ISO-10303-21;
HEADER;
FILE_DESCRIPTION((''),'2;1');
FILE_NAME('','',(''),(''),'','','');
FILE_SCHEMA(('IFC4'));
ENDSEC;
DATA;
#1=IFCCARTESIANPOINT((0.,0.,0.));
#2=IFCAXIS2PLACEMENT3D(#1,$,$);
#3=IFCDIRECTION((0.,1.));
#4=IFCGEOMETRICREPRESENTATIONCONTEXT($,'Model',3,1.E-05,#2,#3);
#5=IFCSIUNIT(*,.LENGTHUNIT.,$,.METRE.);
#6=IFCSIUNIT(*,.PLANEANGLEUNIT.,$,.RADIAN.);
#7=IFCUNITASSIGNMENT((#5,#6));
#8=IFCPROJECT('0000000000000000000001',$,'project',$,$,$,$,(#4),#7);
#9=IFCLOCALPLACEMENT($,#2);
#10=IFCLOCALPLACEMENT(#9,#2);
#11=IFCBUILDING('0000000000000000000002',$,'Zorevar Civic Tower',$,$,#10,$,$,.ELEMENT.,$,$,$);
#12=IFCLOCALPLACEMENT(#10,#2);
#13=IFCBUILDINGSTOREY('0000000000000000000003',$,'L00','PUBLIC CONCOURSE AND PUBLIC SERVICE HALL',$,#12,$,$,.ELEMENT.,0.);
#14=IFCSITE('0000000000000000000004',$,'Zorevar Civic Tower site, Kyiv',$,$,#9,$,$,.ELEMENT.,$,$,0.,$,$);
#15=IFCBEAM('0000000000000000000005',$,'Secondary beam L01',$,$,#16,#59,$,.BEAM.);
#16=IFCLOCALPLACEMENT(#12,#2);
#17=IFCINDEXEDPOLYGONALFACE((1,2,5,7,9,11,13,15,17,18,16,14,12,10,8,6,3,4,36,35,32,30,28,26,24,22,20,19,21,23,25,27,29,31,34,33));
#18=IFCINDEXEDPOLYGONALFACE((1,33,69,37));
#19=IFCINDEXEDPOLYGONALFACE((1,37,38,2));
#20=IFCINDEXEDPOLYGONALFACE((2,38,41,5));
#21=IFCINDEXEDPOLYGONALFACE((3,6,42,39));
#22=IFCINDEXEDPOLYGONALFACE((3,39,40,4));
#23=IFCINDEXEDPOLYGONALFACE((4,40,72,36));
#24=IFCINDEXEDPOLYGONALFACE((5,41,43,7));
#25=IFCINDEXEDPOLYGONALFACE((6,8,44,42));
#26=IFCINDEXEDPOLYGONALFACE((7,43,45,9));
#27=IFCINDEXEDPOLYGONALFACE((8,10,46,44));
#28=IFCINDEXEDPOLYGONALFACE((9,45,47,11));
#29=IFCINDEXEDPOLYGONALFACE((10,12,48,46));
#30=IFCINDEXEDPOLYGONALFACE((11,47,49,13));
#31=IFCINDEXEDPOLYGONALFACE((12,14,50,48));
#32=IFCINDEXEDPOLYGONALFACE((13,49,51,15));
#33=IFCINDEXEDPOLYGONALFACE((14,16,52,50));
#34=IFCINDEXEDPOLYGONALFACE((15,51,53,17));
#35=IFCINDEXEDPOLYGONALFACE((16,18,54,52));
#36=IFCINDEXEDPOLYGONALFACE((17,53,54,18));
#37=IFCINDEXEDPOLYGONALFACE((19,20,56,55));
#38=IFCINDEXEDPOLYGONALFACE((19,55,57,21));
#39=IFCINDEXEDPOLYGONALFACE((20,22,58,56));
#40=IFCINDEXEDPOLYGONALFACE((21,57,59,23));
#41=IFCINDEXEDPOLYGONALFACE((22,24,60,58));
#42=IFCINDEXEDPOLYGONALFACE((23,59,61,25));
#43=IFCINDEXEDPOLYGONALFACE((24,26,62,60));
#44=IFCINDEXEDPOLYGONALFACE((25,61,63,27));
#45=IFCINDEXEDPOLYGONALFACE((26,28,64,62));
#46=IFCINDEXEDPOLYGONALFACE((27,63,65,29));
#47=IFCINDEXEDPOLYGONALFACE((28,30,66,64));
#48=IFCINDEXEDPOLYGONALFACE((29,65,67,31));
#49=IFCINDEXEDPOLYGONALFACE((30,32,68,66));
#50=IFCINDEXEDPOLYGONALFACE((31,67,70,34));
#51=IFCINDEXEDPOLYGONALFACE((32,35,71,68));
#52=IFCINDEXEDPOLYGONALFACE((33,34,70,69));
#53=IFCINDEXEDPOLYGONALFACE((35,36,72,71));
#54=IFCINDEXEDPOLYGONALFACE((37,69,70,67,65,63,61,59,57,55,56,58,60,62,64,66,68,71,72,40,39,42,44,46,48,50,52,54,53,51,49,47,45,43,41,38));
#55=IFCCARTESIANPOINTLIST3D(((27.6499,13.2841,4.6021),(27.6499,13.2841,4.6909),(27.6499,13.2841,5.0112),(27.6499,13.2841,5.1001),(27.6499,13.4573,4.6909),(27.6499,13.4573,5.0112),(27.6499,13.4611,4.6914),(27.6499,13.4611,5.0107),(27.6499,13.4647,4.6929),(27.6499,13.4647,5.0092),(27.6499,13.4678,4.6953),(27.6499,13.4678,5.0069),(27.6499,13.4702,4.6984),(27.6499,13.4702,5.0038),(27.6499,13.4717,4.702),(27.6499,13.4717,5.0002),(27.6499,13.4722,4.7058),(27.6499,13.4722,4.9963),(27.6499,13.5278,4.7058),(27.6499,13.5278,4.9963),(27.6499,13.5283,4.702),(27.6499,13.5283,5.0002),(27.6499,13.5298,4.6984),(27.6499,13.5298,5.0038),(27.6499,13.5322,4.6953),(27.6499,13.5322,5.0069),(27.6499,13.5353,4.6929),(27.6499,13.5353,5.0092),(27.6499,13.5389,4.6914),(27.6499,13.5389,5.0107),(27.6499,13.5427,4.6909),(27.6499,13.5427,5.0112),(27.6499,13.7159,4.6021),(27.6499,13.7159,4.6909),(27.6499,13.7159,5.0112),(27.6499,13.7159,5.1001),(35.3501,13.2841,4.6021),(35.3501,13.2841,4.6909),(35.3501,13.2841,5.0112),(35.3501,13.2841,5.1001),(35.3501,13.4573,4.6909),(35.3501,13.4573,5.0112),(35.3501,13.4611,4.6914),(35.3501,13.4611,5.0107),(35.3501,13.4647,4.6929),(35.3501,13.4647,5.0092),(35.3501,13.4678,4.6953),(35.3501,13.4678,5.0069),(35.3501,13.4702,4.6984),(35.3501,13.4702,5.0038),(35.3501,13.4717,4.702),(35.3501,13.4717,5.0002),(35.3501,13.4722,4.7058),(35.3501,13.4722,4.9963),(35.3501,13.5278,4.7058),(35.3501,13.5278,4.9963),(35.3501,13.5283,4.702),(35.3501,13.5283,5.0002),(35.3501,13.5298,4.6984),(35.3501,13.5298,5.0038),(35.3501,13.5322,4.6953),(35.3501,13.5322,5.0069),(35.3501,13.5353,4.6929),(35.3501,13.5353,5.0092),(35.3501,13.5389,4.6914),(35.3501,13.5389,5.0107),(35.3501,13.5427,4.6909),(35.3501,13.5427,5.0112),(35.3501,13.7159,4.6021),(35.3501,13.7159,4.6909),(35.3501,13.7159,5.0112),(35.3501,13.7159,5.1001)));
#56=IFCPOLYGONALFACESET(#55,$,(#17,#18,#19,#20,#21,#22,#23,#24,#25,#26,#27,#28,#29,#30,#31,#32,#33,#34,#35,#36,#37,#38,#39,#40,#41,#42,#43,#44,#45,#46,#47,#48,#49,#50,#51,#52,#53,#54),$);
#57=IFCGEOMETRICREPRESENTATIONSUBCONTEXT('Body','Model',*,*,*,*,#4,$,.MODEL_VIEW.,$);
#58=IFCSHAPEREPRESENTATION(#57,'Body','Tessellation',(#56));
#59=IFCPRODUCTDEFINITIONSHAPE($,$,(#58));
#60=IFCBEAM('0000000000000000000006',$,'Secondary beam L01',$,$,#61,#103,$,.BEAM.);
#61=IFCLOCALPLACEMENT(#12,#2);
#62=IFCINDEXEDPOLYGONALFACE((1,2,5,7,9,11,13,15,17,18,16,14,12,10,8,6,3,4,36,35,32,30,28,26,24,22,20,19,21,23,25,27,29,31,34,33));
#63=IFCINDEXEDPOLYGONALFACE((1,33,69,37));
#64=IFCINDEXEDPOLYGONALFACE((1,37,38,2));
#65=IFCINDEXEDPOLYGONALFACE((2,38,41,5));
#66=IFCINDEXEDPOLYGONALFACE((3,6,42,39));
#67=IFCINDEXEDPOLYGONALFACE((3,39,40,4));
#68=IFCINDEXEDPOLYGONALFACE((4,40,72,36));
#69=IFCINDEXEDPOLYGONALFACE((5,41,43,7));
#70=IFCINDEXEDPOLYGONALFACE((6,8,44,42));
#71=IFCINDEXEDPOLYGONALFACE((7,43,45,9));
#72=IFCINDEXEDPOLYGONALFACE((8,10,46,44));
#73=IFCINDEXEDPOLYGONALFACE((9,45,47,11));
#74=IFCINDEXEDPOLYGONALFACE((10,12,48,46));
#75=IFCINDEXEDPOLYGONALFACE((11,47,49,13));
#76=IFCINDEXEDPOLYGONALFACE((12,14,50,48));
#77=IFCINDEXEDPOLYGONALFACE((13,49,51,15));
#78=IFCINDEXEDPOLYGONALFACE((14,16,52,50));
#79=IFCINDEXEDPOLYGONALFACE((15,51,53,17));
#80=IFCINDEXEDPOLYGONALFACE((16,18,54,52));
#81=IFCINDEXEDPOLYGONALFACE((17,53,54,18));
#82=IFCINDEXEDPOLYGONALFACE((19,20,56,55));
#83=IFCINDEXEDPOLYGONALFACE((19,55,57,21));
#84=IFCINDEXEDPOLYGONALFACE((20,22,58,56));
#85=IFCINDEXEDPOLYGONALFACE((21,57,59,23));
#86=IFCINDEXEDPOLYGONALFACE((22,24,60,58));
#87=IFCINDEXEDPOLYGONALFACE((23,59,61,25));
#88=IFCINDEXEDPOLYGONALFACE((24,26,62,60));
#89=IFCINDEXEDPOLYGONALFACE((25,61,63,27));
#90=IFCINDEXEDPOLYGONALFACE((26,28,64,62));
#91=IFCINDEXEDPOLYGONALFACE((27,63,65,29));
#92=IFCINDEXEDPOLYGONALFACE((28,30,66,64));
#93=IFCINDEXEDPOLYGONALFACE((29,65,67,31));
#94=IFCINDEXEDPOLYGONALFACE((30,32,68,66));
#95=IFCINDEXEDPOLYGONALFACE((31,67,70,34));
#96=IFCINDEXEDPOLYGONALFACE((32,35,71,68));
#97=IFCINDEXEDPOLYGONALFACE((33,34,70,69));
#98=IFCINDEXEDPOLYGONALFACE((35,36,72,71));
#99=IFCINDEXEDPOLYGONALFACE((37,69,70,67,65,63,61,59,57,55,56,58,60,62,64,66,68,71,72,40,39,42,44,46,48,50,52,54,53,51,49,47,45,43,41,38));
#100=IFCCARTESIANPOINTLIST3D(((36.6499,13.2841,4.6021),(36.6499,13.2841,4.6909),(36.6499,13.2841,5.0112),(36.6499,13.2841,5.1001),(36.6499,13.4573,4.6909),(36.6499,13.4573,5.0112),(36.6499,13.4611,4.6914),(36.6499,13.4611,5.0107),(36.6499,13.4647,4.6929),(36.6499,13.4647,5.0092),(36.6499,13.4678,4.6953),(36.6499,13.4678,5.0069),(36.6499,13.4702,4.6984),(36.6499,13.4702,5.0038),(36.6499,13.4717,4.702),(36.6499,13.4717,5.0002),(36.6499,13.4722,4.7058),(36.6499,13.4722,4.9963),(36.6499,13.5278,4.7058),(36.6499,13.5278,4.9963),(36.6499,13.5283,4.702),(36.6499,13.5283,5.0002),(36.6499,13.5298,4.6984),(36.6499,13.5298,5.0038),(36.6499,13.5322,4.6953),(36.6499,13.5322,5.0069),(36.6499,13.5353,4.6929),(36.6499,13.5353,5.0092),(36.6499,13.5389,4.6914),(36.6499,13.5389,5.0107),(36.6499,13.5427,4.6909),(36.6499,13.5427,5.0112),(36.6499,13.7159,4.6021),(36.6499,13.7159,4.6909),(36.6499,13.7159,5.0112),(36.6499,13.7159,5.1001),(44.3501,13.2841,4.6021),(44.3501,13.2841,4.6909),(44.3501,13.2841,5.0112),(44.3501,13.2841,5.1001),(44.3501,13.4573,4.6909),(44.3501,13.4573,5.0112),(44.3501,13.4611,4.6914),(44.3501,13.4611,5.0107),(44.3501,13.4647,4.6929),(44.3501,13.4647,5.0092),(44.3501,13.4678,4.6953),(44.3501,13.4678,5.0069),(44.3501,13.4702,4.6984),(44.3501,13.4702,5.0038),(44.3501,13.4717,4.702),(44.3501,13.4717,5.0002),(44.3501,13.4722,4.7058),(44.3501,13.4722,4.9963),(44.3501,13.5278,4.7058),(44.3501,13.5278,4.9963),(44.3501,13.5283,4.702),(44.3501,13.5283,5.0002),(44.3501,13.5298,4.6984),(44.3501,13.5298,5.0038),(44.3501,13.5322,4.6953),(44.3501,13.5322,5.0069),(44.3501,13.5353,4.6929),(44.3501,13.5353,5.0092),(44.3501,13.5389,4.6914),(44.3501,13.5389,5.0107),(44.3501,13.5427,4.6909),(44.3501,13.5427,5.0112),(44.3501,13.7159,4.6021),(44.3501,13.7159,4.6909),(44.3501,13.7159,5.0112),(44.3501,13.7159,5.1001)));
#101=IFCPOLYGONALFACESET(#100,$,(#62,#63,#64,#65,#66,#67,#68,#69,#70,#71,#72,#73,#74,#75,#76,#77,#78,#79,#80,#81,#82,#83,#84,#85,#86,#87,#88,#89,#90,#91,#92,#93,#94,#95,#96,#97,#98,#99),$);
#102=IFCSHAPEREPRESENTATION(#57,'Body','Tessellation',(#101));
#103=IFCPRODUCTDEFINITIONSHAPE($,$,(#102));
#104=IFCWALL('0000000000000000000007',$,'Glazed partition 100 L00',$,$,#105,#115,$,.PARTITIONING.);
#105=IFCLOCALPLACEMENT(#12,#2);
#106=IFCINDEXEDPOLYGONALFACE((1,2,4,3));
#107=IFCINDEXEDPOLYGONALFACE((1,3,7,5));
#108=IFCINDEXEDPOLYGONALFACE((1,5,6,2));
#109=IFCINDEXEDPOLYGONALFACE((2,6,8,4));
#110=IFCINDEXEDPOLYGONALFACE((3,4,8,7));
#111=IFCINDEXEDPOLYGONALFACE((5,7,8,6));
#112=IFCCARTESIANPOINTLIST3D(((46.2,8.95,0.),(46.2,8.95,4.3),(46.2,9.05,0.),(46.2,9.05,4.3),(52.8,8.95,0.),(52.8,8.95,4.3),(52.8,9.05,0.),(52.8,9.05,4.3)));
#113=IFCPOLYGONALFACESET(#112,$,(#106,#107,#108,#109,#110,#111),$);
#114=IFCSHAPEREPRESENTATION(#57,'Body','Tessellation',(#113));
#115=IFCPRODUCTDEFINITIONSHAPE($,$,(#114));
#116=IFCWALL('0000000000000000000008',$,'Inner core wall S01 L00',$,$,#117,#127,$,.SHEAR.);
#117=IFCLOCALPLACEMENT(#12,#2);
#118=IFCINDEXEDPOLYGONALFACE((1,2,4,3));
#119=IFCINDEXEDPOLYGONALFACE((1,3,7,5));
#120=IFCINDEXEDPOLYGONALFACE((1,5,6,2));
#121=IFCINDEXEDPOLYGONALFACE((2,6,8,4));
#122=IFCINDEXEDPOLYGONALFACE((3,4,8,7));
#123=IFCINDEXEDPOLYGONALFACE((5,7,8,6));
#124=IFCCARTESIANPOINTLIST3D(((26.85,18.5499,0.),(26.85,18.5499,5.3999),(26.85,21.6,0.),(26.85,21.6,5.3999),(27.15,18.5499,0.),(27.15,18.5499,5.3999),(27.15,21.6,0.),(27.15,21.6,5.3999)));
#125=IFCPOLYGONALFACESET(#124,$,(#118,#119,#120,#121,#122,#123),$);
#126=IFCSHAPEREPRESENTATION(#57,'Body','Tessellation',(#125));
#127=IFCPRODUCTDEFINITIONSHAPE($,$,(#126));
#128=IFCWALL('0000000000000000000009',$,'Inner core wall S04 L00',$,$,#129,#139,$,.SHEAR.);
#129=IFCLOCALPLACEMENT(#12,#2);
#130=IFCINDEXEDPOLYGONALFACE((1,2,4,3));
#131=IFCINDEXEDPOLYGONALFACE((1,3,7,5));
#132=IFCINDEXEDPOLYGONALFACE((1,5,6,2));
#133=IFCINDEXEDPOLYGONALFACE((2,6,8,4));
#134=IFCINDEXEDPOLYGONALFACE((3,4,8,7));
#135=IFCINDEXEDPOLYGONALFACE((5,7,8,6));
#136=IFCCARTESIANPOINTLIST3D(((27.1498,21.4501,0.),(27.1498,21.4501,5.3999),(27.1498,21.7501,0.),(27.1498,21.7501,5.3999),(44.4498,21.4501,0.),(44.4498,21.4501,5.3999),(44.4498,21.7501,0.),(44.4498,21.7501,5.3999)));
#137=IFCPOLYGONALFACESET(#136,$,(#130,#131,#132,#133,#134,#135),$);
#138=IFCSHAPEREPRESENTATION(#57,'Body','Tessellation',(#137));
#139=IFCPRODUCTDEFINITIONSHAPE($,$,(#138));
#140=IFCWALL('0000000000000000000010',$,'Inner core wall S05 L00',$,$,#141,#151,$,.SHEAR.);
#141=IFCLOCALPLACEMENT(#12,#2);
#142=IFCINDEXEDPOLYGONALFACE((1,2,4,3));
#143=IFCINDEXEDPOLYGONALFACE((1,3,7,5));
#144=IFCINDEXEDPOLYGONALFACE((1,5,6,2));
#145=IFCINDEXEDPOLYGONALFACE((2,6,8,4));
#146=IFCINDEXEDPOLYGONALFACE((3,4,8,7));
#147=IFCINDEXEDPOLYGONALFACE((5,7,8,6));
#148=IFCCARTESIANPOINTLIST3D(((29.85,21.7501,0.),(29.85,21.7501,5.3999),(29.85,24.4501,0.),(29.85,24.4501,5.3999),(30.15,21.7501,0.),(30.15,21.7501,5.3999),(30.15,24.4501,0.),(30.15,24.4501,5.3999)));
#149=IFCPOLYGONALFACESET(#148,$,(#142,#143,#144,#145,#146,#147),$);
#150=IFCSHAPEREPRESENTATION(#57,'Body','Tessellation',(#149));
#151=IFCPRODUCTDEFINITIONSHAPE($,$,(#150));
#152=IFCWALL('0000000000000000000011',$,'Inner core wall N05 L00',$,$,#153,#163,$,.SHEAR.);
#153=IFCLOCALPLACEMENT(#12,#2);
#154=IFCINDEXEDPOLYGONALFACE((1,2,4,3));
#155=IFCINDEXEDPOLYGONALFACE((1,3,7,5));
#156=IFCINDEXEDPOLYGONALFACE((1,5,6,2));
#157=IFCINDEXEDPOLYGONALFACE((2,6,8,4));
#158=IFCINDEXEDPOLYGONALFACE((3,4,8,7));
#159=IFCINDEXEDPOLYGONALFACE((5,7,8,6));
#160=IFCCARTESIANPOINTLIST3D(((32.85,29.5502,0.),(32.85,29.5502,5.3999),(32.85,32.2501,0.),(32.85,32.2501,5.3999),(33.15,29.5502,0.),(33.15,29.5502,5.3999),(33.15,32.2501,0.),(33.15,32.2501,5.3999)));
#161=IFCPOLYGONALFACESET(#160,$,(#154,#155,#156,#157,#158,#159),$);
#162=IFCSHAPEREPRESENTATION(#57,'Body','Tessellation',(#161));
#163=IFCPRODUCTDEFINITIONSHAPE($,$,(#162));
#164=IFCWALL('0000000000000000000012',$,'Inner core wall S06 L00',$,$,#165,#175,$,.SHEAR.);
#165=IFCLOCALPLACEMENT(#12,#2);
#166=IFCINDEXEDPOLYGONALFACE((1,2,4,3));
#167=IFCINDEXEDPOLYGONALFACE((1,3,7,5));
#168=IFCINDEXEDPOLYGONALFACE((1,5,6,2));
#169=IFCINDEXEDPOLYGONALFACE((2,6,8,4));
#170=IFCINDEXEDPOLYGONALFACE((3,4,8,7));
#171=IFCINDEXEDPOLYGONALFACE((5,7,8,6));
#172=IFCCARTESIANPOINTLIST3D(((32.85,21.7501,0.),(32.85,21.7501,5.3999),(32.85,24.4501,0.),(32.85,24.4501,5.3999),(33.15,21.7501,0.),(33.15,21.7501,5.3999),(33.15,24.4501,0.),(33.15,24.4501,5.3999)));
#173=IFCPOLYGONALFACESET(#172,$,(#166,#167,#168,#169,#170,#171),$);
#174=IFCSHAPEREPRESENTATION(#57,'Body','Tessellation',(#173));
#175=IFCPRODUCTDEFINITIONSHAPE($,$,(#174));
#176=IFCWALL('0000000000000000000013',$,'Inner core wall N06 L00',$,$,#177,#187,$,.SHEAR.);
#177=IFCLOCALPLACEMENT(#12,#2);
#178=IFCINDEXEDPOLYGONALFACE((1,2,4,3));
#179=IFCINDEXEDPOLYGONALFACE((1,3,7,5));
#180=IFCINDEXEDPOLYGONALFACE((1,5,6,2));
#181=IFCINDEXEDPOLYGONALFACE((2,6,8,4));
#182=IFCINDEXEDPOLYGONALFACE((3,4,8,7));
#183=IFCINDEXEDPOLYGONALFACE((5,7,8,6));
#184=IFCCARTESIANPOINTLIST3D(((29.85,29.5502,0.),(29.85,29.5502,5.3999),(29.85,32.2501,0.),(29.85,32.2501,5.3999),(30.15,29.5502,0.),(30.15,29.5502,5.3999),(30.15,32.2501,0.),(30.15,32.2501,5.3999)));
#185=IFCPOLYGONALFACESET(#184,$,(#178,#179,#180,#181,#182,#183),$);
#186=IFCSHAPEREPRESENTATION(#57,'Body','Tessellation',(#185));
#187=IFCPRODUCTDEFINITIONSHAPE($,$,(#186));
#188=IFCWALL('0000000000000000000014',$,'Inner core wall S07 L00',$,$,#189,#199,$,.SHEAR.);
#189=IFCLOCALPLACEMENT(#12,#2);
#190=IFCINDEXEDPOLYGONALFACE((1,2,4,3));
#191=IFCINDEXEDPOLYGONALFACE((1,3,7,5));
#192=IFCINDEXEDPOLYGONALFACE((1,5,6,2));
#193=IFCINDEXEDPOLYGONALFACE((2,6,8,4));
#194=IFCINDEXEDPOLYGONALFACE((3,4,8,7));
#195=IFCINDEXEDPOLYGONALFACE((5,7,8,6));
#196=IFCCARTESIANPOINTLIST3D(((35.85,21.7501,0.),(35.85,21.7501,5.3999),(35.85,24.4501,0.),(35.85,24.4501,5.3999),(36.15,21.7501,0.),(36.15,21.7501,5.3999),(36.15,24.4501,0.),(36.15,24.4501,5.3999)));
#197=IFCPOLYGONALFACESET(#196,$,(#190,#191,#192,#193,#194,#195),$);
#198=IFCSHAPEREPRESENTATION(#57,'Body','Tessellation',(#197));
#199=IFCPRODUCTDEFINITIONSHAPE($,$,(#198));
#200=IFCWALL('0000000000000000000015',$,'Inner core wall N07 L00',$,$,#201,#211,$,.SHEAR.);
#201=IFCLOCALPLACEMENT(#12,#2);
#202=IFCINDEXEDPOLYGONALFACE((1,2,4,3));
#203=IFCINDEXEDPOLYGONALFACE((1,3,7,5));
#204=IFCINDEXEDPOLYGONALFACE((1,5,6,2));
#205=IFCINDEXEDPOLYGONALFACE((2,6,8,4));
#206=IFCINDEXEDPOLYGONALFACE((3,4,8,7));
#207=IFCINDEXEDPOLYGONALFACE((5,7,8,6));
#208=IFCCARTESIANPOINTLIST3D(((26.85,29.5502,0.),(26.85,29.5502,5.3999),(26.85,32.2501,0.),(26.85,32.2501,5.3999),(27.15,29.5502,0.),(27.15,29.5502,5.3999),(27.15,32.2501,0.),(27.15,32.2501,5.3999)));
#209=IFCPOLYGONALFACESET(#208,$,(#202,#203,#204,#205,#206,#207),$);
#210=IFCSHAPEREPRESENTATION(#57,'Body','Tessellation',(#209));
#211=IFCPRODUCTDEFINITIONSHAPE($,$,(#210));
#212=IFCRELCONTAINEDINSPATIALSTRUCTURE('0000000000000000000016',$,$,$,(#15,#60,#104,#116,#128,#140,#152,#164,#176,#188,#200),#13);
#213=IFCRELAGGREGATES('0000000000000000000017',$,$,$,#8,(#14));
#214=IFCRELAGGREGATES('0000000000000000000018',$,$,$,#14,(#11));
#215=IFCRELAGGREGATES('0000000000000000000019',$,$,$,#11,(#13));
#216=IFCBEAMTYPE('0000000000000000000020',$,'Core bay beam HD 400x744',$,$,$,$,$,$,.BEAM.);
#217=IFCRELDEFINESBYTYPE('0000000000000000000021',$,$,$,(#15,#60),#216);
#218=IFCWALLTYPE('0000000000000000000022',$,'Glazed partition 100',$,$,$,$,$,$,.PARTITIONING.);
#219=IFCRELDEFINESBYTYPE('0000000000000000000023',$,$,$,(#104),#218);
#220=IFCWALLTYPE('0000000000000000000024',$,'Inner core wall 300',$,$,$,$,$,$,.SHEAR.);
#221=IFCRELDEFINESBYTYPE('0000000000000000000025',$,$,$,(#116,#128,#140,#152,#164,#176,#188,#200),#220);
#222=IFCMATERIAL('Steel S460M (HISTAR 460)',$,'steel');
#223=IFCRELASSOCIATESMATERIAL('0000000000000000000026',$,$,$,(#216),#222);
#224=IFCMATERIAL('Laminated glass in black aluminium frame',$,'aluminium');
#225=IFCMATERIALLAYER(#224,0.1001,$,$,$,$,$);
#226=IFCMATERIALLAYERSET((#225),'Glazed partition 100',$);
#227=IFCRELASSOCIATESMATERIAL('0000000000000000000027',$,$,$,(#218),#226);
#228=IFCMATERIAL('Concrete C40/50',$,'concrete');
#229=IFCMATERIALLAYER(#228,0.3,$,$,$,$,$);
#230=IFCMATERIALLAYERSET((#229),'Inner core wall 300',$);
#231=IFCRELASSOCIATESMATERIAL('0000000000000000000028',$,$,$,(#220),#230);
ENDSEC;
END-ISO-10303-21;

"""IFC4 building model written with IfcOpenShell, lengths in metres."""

from ifc_helpers import new_model, si_unit, direction, frame, frame_2d, origin, origin_2d, place, context, subcontext, project, spatial, rectangle, i_section, extrude, material, layer, layer_set, material_profile, profile_set, type_object, element, save


model = new_model("IFC4")

# Units and contexts
model_context = context("Model", 3, precision=1e-05, world=origin(), true_north=direction((0.0, 1.0)))
body_context = subcontext(model_context, "Body", "Model", "MODEL_VIEW")
ifc_project = project(units=[si_unit("LENGTHUNIT", "METRE"), si_unit("PLANEANGLEUNIT", "RADIAN")], contexts=[model_context])

# Site, building, storey
site_placement = place(None, origin())
site = spatial("IfcSite", under=ifc_project, at=site_placement, Name="Zorevar Civic Tower site, Kyiv", CompositionType="ELEMENT", RefElevation=0.0)
building_placement = place(site_placement, origin())
building = spatial("IfcBuilding", under=site, at=building_placement, Name="Zorevar Civic Tower", CompositionType="ELEMENT")
storey_placement = place(building_placement, origin())
storey = spatial("IfcBuildingStorey", under=building, at=storey_placement, Name="L00", Description="PUBLIC CONCOURSE AND PUBLIC SERVICE HALL", CompositionType="ELEMENT", Elevation=0.0)

# Beams
ifc_material_1 = material(Name="Steel S460M (HISTAR 460)", Category="steel")
ifc_material_profile_1 = material_profile(ifc_material_1, i_section(OverallWidth=0.4319, OverallDepth=0.498, WebThickness=0.0557, FlangeThickness=0.0889, FilletRadius=0.0149, at=origin_2d()), Name="HD 400x744")
ifc_profile_set_1 = profile_set([ifc_material_profile_1], Name="Steel S460M (HISTAR 460)")
beam_type_1 = type_object("IfcBeamType", Name="Core bay beam HD 400x744", PredefinedType="BEAM", material=ifc_profile_set_1)
for number, where, z_axis, x_axis, name in (
    (1, (27.6499, 13.5, 4.8511), (1.0, 0.0, 0.0), (0.0, 1.0, 0.0), "Secondary beam L01"),
    (2, (36.6499, 13.5, 4.8511), (1.0, 0.0, 0.0), (0.0, 1.0, 0.0), "Secondary beam L01"),
):
    element("IfcBeam", number, at=place(storey_placement, frame(where, z_axis=z_axis, x_axis=x_axis)), inside=storey, type_object=beam_type_1, Name=name, PredefinedType="BEAM", context=body_context, shape_type="SweptSolid", body=[
        extrude(i_section(OverallWidth=0.4319, OverallDepth=0.498, WebThickness=0.0557, FlangeThickness=0.0889, FilletRadius=0.0149, at=origin_2d()), origin(), (0.0, 0.0, 1.0), 7.7002),
    ])

# Walls
ifc_material_2 = material(Name="Laminated glass in black aluminium frame", Category="aluminium")
ifc_layer_1 = layer(ifc_material_2, 0.1001)
ifc_layer_set_1 = layer_set([ifc_layer_1], Name="Glazed partition 100")
wall_type_1 = type_object("IfcWallType", Name="Glazed partition 100", PredefinedType="PARTITIONING", material=ifc_layer_set_1)
wall_1_placement = place(storey_placement, frame((46.2, 9.0, 0.0), z_axis=(0.0, 0.0, 1.0), x_axis=(1.0, 0.0, 0.0)))
element("IfcWall", 3, at=wall_1_placement, inside=storey, type_object=wall_type_1, Name="Glazed partition 100 L00", PredefinedType="PARTITIONING", context=body_context, shape_type="SweptSolid", body=[
    extrude(rectangle(XDim=6.6001, YDim=0.1001, at=frame_2d((3.3, 0.0))), origin(), (0.0, 0.0, 1.0), 4.3),
])
ifc_material_3 = material(Name="Concrete C40/50", Category="concrete")
ifc_layer_2 = layer(ifc_material_3, 0.3)
ifc_layer_set_2 = layer_set([ifc_layer_2], Name="Inner core wall 300")
wall_type_2 = type_object("IfcWallType", Name="Inner core wall 300", PredefinedType="SHEAR", material=ifc_layer_set_2)
wall_2_placement = place(storey_placement, frame((27.0, 18.55, 0.0), z_axis=(0.0, 0.0, 1.0), x_axis=(0.0, 1.0, 0.0)))
element("IfcWall", 4, at=wall_2_placement, inside=storey, type_object=wall_type_2, Name="Inner core wall S01 L00", PredefinedType="SHEAR", context=body_context, shape_type="SweptSolid", body=[
    extrude(rectangle(XDim=3.05, YDim=0.3, at=frame_2d((1.5249, 0.0))), origin(), (0.0, 0.0, 1.0), 5.3999),
])
wall_3_placement = place(storey_placement, frame((27.1499, 21.6001, 0.0), z_axis=(0.0, 0.0, 1.0), x_axis=(1.0, 0.0, 0.0)))
element("IfcWall", 5, at=wall_3_placement, inside=storey, type_object=wall_type_2, Name="Inner core wall S04 L00", PredefinedType="SHEAR", context=body_context, shape_type="SweptSolid", body=[
    extrude(rectangle(XDim=17.3, YDim=0.3, at=frame_2d((8.6499, 0.0))), origin(), (0.0, 0.0, 1.0), 5.3999),
])
for number, where, z_axis, x_axis, name in (
    (6, (30.0, 21.75, 0.0), (0.0, 0.0, 1.0), (0.0, 1.0, 0.0), "Inner core wall S05 L00"),
    (7, (33.0, 29.55, 0.0), (0.0, 0.0, 1.0), (0.0, 1.0, 0.0), "Inner core wall N05 L00"),
    (8, (33.0, 21.75, 0.0), (0.0, 0.0, 1.0), (0.0, 1.0, 0.0), "Inner core wall S06 L00"),
    (9, (30.0, 29.55, 0.0), (0.0, 0.0, 1.0), (0.0, 1.0, 0.0), "Inner core wall N06 L00"),
    (10, (36.0, 21.75, 0.0), (0.0, 0.0, 1.0), (0.0, 1.0, 0.0), "Inner core wall S07 L00"),
    (11, (27.0, 29.55, 0.0), (0.0, 0.0, 1.0), (0.0, 1.0, 0.0), "Inner core wall N07 L00"),
):
    element("IfcWall", number, at=place(storey_placement, frame(where, z_axis=z_axis, x_axis=x_axis)), inside=storey, type_object=wall_type_2, Name=name, PredefinedType="SHEAR", context=body_context, shape_type="SweptSolid", body=[
        extrude(rectangle(XDim=2.7, YDim=0.3, at=frame_2d((1.3501, 0.0))), origin(), (0.0, 0.0, 1.0), 5.3999),
    ])

save(model, "model.ifc")
